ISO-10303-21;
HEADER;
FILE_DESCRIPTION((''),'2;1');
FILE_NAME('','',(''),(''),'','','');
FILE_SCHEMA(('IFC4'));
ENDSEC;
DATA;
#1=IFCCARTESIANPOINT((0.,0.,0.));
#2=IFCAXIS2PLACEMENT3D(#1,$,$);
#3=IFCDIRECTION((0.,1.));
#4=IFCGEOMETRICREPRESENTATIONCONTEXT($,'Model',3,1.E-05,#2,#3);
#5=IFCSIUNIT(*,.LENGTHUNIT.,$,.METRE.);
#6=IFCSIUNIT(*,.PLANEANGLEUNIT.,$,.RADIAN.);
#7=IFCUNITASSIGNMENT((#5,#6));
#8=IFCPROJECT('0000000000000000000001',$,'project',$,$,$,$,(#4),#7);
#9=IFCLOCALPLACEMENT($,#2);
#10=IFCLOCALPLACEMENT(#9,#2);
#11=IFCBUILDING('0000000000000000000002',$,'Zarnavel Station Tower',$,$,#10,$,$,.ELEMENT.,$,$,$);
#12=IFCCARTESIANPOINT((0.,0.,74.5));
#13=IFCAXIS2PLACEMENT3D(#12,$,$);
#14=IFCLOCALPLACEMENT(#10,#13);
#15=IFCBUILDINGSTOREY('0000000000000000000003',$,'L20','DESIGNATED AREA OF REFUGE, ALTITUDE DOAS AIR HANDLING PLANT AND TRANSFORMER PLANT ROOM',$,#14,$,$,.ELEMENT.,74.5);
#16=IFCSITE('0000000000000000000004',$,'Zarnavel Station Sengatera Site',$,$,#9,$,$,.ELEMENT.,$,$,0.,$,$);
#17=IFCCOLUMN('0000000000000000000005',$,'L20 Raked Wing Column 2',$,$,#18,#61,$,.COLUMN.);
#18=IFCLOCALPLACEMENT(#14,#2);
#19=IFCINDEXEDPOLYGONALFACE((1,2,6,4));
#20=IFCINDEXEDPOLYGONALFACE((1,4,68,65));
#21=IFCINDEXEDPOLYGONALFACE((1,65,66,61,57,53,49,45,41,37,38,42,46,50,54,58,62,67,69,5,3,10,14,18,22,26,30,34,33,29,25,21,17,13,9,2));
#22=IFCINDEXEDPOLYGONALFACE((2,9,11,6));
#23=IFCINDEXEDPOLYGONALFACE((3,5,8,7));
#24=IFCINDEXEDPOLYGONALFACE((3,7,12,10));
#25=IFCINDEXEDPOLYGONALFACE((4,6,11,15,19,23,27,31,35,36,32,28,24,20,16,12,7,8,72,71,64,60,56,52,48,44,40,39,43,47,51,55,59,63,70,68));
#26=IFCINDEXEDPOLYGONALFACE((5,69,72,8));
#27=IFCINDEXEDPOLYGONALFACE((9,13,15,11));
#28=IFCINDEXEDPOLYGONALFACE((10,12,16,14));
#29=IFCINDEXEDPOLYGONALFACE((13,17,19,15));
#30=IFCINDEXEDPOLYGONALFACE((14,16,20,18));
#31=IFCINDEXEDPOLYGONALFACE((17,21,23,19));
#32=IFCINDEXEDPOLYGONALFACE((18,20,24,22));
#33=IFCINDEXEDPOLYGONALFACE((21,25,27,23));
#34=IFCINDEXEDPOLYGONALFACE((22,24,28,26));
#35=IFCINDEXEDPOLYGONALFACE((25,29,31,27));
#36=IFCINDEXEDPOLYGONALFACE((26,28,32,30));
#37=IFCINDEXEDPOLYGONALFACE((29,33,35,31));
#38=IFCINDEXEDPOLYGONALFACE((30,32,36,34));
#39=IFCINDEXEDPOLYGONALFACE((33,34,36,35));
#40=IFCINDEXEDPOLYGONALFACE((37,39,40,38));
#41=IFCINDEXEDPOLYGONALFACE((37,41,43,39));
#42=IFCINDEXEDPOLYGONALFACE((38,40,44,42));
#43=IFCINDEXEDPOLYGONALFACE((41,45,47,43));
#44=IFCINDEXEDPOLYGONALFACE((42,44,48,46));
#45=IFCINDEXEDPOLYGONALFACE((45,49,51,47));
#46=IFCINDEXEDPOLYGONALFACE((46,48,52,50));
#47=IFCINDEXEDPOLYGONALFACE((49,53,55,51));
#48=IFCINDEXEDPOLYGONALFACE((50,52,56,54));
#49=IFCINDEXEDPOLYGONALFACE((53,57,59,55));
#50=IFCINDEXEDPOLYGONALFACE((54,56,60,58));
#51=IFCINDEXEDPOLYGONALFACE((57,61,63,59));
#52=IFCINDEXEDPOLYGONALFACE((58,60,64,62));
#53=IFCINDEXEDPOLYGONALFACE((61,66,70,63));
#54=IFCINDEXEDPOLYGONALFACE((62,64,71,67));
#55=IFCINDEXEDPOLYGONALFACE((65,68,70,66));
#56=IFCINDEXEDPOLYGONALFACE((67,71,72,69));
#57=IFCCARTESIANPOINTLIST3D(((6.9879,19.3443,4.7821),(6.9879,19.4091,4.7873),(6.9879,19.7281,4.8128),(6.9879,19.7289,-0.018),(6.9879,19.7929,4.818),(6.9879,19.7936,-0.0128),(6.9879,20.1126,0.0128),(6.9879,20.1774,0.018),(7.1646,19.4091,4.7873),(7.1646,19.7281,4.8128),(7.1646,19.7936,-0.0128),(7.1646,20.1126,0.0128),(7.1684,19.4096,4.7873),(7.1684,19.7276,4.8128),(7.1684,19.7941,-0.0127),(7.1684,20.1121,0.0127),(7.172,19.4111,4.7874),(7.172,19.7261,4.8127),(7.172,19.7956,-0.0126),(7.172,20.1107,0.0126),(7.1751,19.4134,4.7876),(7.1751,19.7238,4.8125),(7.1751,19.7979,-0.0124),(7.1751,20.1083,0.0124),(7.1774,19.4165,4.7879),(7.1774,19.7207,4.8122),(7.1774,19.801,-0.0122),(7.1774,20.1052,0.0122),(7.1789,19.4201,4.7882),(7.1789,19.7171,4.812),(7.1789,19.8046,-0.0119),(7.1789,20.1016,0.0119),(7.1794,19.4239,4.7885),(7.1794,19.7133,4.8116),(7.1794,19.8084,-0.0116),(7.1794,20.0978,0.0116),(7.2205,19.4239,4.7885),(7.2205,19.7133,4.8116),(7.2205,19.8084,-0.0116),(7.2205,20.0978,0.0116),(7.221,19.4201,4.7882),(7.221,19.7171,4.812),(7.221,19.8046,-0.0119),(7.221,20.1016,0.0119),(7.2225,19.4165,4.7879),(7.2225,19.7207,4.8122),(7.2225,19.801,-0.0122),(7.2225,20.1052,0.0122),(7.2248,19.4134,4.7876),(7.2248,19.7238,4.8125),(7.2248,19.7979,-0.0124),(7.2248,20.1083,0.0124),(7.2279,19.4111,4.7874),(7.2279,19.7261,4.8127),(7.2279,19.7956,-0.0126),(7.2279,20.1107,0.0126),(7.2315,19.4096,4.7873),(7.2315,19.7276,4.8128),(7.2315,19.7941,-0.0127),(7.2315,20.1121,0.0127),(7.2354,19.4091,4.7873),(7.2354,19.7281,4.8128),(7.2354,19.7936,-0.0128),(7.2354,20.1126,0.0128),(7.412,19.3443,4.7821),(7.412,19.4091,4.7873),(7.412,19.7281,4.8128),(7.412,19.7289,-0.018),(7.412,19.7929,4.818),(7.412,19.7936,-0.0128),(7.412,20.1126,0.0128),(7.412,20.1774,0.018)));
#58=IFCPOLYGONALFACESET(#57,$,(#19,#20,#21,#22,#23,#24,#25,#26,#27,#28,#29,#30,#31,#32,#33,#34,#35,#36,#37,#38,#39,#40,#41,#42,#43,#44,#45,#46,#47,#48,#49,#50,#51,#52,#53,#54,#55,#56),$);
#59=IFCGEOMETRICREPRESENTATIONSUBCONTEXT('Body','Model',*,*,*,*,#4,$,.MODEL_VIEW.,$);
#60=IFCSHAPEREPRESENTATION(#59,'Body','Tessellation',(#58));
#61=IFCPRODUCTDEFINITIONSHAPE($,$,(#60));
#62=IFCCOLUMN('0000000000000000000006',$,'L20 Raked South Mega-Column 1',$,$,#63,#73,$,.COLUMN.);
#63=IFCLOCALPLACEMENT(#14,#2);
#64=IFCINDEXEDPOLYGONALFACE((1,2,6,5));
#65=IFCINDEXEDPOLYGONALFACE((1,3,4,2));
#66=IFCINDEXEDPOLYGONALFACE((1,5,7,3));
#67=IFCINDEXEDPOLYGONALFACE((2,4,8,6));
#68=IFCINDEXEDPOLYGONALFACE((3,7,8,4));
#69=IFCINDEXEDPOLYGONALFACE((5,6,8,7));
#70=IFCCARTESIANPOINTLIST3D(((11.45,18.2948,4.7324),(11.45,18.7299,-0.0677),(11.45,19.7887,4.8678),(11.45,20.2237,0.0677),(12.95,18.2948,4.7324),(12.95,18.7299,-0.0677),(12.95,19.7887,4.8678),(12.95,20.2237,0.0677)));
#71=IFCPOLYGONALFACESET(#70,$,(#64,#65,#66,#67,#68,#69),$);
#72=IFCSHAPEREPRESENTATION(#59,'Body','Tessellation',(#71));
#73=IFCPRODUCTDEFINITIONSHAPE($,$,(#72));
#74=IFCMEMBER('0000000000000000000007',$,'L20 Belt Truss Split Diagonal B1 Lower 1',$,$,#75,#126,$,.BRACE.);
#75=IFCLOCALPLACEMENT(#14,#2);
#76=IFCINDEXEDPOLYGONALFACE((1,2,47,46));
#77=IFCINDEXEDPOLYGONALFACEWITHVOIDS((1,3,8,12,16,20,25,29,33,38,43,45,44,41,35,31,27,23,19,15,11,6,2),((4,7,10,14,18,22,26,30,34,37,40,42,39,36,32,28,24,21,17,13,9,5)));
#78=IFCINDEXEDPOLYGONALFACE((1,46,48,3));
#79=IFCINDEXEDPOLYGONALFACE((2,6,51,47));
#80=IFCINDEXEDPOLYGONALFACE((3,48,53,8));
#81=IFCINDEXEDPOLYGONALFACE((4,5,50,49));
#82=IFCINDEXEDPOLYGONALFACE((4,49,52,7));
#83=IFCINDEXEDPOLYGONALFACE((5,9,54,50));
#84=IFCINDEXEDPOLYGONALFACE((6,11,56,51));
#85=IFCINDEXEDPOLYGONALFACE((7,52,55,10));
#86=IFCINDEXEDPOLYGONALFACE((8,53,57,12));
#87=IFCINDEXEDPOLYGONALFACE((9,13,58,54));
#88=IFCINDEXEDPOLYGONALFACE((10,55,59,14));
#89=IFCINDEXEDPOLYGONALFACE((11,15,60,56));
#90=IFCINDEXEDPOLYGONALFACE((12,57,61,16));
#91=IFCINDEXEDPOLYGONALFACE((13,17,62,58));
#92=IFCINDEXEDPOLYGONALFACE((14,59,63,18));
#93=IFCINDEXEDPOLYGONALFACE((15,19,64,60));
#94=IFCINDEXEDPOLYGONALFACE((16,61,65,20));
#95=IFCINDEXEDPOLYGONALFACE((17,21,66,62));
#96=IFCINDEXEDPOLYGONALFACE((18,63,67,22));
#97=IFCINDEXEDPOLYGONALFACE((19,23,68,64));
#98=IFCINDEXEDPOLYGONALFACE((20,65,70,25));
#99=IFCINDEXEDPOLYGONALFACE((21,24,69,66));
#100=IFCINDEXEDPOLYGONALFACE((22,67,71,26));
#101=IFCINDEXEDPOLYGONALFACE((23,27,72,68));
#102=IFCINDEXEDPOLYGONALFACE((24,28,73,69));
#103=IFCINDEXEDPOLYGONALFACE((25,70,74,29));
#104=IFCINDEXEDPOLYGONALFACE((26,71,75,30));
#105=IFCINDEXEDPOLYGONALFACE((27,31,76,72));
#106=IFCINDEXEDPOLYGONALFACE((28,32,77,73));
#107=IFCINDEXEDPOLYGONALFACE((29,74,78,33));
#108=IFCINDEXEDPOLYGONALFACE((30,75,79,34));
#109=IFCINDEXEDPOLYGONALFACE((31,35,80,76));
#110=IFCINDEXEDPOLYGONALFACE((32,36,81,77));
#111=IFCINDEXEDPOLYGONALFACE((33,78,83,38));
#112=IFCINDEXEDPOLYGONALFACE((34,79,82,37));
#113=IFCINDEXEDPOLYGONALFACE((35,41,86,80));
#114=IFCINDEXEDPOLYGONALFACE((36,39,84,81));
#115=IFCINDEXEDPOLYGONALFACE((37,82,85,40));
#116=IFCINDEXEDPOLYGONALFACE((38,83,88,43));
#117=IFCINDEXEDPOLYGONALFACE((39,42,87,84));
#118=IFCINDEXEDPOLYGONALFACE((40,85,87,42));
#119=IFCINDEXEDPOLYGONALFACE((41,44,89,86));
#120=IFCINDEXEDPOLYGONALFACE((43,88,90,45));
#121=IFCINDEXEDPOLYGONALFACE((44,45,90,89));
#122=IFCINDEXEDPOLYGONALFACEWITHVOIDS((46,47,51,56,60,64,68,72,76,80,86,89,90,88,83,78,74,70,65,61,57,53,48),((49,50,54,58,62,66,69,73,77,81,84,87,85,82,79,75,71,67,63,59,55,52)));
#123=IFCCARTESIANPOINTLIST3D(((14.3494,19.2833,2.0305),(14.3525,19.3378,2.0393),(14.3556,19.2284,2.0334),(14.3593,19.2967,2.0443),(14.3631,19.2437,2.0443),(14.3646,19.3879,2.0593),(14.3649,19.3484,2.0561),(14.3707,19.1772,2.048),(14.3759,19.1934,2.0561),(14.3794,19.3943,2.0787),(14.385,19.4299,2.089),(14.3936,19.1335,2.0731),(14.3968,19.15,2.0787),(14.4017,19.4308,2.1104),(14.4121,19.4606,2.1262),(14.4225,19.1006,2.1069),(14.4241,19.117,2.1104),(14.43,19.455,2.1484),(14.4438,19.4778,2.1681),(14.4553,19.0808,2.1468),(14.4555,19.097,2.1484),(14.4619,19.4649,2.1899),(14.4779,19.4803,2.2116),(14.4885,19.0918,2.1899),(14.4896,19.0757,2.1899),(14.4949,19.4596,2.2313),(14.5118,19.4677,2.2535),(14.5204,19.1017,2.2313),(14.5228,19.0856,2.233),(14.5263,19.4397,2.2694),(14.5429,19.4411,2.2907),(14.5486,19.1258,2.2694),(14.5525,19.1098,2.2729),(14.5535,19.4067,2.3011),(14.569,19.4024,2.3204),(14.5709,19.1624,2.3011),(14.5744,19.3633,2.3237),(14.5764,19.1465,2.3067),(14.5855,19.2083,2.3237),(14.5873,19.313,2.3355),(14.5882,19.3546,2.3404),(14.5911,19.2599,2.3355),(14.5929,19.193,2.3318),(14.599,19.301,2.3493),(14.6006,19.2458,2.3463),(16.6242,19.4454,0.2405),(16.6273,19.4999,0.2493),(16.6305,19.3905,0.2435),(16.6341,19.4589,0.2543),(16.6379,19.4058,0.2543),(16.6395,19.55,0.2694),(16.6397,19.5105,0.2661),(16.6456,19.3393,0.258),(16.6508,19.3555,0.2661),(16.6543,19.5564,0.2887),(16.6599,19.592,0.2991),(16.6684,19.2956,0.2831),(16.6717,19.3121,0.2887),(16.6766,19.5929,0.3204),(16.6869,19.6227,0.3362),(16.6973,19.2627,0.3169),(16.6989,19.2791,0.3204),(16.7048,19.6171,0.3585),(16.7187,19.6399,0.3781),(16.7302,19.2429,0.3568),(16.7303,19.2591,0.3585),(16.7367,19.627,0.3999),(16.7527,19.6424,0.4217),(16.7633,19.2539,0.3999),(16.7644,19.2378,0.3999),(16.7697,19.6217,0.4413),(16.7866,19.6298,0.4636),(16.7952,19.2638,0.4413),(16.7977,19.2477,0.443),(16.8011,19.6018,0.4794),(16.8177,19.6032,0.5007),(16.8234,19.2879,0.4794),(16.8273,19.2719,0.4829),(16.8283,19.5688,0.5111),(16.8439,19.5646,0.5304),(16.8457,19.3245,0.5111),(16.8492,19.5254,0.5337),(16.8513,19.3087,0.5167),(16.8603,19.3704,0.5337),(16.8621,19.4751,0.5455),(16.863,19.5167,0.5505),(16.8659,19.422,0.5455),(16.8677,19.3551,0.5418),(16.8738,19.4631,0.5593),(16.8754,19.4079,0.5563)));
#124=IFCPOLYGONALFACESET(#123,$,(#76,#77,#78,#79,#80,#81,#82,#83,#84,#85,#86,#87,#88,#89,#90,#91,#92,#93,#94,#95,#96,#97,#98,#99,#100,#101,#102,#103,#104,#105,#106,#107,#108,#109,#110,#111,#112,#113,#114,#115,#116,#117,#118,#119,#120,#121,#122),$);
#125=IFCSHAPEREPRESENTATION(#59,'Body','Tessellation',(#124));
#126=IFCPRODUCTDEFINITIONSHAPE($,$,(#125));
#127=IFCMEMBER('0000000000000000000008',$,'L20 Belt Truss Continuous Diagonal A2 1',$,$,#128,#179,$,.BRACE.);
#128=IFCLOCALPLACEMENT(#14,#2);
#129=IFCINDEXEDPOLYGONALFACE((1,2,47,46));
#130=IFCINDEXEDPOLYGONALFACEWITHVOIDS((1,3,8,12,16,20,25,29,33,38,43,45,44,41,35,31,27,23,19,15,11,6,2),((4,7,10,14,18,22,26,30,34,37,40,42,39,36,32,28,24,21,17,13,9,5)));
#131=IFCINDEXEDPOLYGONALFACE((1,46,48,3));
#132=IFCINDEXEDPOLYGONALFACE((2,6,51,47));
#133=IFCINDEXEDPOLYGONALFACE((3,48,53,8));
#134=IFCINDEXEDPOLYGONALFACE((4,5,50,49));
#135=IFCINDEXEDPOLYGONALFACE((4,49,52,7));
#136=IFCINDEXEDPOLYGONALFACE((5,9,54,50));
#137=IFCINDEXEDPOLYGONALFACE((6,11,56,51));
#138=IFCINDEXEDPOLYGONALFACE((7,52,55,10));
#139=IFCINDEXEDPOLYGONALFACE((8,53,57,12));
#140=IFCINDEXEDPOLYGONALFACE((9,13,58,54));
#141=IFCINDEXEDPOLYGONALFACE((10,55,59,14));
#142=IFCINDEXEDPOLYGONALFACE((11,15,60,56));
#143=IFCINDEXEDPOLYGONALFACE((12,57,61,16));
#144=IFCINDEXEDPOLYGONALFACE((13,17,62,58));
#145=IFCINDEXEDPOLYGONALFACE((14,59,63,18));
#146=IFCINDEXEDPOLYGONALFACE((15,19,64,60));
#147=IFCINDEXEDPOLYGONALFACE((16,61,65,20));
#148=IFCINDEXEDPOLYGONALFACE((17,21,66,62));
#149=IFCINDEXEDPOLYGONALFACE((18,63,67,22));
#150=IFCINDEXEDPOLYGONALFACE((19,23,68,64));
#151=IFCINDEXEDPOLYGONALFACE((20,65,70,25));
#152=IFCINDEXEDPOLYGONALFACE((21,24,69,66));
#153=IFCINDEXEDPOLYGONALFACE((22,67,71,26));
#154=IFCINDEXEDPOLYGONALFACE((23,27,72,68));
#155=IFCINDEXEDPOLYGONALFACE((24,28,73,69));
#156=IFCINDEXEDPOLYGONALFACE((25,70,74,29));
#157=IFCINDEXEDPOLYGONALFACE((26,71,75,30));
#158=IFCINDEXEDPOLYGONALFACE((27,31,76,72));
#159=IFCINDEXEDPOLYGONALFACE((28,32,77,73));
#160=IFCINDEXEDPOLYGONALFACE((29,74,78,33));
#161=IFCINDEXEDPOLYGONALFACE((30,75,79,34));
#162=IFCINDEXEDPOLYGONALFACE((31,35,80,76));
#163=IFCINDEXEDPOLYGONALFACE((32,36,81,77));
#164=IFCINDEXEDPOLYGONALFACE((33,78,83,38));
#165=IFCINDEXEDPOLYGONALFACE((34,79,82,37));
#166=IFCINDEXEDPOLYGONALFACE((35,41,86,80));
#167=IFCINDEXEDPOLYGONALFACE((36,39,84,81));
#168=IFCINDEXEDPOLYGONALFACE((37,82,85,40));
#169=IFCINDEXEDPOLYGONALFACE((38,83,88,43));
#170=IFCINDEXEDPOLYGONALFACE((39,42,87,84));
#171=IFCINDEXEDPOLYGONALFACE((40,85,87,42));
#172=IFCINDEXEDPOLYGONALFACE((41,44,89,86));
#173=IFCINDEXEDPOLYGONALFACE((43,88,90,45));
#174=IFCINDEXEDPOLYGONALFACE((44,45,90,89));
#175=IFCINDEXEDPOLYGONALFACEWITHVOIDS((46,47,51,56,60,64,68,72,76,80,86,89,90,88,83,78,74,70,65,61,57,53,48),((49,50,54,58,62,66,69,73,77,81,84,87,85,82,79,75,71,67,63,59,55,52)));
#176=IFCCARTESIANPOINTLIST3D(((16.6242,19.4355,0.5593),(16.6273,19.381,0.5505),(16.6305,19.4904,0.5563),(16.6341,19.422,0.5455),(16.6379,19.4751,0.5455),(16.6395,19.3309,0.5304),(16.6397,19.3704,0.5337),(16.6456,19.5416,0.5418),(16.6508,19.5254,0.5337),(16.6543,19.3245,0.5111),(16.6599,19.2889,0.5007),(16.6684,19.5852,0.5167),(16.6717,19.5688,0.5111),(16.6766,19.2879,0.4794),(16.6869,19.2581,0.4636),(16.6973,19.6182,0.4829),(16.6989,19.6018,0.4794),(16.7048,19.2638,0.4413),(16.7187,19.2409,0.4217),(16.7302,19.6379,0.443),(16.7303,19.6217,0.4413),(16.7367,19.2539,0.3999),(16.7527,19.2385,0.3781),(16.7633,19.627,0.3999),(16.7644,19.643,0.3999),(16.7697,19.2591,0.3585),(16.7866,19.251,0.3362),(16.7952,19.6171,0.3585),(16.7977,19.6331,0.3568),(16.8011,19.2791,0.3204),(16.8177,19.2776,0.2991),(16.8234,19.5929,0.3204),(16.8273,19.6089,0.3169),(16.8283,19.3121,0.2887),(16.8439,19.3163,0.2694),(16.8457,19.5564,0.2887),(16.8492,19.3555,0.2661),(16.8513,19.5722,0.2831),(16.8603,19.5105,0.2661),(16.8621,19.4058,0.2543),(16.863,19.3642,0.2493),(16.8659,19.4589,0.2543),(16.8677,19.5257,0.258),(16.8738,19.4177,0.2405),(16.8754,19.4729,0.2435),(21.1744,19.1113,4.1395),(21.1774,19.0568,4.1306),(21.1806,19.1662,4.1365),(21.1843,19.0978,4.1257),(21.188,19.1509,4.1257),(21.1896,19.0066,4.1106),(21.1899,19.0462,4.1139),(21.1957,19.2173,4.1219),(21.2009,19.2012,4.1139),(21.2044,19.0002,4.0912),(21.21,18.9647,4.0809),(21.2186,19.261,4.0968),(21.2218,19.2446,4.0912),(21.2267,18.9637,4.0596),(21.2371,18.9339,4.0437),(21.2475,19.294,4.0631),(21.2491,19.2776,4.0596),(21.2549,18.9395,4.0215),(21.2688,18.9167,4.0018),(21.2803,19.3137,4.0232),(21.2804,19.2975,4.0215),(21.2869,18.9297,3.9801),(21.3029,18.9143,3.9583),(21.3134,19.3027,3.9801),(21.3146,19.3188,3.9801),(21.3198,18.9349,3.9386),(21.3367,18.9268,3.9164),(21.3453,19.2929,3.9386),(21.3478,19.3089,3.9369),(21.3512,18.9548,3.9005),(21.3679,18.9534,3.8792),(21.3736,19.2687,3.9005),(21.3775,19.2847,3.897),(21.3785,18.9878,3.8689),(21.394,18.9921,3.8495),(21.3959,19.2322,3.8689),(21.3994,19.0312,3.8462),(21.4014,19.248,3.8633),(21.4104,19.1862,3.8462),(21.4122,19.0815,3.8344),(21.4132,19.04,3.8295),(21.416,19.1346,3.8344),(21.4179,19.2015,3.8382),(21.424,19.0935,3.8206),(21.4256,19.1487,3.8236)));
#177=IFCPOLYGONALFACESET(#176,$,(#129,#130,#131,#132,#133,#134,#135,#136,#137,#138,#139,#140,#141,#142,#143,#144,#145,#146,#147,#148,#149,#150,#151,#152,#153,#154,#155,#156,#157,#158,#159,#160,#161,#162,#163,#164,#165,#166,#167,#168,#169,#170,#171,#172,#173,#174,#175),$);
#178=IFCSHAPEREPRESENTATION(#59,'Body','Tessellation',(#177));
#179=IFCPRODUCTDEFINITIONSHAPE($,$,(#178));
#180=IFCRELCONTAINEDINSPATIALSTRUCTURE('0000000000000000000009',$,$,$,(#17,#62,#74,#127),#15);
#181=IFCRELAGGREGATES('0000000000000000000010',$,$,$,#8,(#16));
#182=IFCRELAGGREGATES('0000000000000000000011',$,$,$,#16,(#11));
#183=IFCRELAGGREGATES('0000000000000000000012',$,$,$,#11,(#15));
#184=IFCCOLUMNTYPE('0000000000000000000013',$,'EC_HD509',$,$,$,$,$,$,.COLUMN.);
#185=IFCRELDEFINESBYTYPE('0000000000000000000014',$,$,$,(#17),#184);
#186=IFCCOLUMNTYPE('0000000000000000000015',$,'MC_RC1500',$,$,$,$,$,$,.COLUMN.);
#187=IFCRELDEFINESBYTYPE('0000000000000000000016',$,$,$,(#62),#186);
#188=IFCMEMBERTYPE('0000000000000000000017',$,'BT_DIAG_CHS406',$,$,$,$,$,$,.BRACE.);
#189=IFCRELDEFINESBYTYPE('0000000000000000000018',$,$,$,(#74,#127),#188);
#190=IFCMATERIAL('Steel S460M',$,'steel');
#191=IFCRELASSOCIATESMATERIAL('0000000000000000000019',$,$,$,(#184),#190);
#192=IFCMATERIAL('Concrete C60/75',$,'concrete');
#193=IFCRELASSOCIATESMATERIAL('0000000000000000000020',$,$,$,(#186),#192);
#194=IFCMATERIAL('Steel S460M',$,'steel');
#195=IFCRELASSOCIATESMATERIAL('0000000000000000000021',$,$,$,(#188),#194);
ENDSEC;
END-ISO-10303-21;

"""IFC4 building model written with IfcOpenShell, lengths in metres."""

from ifc_helpers import new_model, si_unit, direction, frame, origin, origin_2d, place, context, subcontext, project, spatial, rectangle, hollow_circle, i_section, extrude, material, material_profile, profile_set, type_object, element, save


model = new_model("IFC4")

# Units and contexts
model_context = context("Model", 3, precision=1e-05, world=origin(), true_north=direction((0.0, 1.0)))
body_context = subcontext(model_context, "Body", "Model", "MODEL_VIEW")
ifc_project = project(units=[si_unit("LENGTHUNIT", "METRE"), si_unit("PLANEANGLEUNIT", "RADIAN")], contexts=[model_context])

# Site, building, storey
site_placement = place(None, origin())
site = spatial("IfcSite", under=ifc_project, at=site_placement, Name="Zarnavel Station Sengatera Site", CompositionType="ELEMENT", RefElevation=0.0)
building_placement = place(site_placement, origin())
building = spatial("IfcBuilding", under=site, at=building_placement, Name="Zarnavel Station Tower", CompositionType="ELEMENT")
storey_placement = place(building_placement, frame((0.0, 0.0, 74.5)))
storey = spatial("IfcBuildingStorey", under=building, at=storey_placement, Name="L20", Description="DESIGNATED AREA OF REFUGE, ALTITUDE DOAS AIR HANDLING PLANT AND TRANSFORMER PLANT ROOM", CompositionType="ELEMENT", Elevation=74.5)

# Columns
ifc_material_1 = material(Name="Steel S460M", Category="steel")
ifc_material_profile_1 = material_profile(ifc_material_1, i_section(OverallWidth=0.4241, OverallDepth=0.45, WebThickness=0.041, FlangeThickness=0.0649, FilletRadius=0.0149, at=origin_2d()), Name="HD400x509")
ifc_profile_set_1 = profile_set([ifc_material_profile_1], Name="Steel S460M")
column_type_1 = type_object("IfcColumnType", Name="EC_HD509", PredefinedType="COLUMN", material=ifc_profile_set_1)
column_1_placement = place(storey_placement, frame((7.2, 19.9531, 0.0), z_axis=(0.0, -0.079852, 0.996807), x_axis=(1.0, 0.0, 0.0)))
element("IfcColumn", 1, at=column_1_placement, inside=storey, type_object=column_type_1, Name="L20 Raked Wing Column 2", PredefinedType="COLUMN", context=body_context, shape_type="SweptSolid", body=[
    extrude(i_section(OverallWidth=0.4241, OverallDepth=0.45, WebThickness=0.041, FlangeThickness=0.0649, FilletRadius=0.0149, at=origin_2d()), origin(), (0.0, 0.0, 1.0), 4.8154),
])
ifc_material_2 = material(Name="Concrete C60/75", Category="concrete")
ifc_material_profile_2 = material_profile(ifc_material_2, rectangle(XDim=1.5, YDim=1.5, at=origin_2d()), Name="RC1500x1500")
ifc_profile_set_2 = profile_set([ifc_material_profile_2], Name="Concrete C60/75")
column_type_2 = type_object("IfcColumnType", Name="MC_RC1500", PredefinedType="COLUMN", material=ifc_profile_set_2)
column_2_placement = place(storey_placement, frame((12.2, 19.4768, 0.0), z_axis=(0.0, -0.090266, 0.995918), x_axis=(1.0, 0.0, 0.0)))
element("IfcColumn", 2, at=column_2_placement, inside=storey, type_object=column_type_2, Name="L20 Raked South Mega-Column 1", PredefinedType="COLUMN", context=body_context, shape_type="SweptSolid", body=[
    extrude(rectangle(XDim=1.5, YDim=1.5, at=origin_2d()), origin(), (0.0, 0.0, 1.0), 4.8198),
])

# Members
ifc_material_3 = material(Name="Steel S460M", Category="steel")
ifc_material_profile_3 = material_profile(ifc_material_3, hollow_circle(Radius=0.2031, WallThickness=0.0161, at=origin_2d()), Name="CHS406.4x16")
ifc_profile_set_3 = profile_set([ifc_material_profile_3], Name="Steel S460M")
member_type_1 = type_object("IfcMemberType", Name="BT_DIAG_CHS406", PredefinedType="BRACE", material=ifc_profile_set_3)
member_1_placement = place(storey_placement, frame((16.75, 19.4404, 0.3999), z_axis=(-0.78465, -0.055914, 0.617413), x_axis=(0.07108, -0.997471, 0.0)))
element("IfcMember", 3, at=member_1_placement, inside=storey, type_object=member_type_1, Name="L20 Belt Truss Split Diagonal B1 Lower 1", PredefinedType="BRACE", context=body_context, shape_type="SweptSolid", body=[
    extrude(hollow_circle(Radius=0.2031, WallThickness=0.0161, at=origin_2d()), origin(), (0.0, 0.0, 1.0), 2.8992),
])
member_2_placement = place(storey_placement, frame((16.75, 19.4404, 0.3999), z_axis=(0.784666, -0.055912, 0.617392), x_axis=(0.071076, 0.997471, 0.0)))
element("IfcMember", 4, at=member_2_placement, inside=storey, type_object=member_type_1, Name="L20 Belt Truss Continuous Diagonal A2 1", PredefinedType="BRACE", context=body_context, shape_type="SweptSolid", body=[
    extrude(hollow_circle(Radius=0.2031, WallThickness=0.0161, at=origin_2d()), origin(), (0.0, 0.0, 1.0), 5.7988),
])

save(model, "model.ifc")
